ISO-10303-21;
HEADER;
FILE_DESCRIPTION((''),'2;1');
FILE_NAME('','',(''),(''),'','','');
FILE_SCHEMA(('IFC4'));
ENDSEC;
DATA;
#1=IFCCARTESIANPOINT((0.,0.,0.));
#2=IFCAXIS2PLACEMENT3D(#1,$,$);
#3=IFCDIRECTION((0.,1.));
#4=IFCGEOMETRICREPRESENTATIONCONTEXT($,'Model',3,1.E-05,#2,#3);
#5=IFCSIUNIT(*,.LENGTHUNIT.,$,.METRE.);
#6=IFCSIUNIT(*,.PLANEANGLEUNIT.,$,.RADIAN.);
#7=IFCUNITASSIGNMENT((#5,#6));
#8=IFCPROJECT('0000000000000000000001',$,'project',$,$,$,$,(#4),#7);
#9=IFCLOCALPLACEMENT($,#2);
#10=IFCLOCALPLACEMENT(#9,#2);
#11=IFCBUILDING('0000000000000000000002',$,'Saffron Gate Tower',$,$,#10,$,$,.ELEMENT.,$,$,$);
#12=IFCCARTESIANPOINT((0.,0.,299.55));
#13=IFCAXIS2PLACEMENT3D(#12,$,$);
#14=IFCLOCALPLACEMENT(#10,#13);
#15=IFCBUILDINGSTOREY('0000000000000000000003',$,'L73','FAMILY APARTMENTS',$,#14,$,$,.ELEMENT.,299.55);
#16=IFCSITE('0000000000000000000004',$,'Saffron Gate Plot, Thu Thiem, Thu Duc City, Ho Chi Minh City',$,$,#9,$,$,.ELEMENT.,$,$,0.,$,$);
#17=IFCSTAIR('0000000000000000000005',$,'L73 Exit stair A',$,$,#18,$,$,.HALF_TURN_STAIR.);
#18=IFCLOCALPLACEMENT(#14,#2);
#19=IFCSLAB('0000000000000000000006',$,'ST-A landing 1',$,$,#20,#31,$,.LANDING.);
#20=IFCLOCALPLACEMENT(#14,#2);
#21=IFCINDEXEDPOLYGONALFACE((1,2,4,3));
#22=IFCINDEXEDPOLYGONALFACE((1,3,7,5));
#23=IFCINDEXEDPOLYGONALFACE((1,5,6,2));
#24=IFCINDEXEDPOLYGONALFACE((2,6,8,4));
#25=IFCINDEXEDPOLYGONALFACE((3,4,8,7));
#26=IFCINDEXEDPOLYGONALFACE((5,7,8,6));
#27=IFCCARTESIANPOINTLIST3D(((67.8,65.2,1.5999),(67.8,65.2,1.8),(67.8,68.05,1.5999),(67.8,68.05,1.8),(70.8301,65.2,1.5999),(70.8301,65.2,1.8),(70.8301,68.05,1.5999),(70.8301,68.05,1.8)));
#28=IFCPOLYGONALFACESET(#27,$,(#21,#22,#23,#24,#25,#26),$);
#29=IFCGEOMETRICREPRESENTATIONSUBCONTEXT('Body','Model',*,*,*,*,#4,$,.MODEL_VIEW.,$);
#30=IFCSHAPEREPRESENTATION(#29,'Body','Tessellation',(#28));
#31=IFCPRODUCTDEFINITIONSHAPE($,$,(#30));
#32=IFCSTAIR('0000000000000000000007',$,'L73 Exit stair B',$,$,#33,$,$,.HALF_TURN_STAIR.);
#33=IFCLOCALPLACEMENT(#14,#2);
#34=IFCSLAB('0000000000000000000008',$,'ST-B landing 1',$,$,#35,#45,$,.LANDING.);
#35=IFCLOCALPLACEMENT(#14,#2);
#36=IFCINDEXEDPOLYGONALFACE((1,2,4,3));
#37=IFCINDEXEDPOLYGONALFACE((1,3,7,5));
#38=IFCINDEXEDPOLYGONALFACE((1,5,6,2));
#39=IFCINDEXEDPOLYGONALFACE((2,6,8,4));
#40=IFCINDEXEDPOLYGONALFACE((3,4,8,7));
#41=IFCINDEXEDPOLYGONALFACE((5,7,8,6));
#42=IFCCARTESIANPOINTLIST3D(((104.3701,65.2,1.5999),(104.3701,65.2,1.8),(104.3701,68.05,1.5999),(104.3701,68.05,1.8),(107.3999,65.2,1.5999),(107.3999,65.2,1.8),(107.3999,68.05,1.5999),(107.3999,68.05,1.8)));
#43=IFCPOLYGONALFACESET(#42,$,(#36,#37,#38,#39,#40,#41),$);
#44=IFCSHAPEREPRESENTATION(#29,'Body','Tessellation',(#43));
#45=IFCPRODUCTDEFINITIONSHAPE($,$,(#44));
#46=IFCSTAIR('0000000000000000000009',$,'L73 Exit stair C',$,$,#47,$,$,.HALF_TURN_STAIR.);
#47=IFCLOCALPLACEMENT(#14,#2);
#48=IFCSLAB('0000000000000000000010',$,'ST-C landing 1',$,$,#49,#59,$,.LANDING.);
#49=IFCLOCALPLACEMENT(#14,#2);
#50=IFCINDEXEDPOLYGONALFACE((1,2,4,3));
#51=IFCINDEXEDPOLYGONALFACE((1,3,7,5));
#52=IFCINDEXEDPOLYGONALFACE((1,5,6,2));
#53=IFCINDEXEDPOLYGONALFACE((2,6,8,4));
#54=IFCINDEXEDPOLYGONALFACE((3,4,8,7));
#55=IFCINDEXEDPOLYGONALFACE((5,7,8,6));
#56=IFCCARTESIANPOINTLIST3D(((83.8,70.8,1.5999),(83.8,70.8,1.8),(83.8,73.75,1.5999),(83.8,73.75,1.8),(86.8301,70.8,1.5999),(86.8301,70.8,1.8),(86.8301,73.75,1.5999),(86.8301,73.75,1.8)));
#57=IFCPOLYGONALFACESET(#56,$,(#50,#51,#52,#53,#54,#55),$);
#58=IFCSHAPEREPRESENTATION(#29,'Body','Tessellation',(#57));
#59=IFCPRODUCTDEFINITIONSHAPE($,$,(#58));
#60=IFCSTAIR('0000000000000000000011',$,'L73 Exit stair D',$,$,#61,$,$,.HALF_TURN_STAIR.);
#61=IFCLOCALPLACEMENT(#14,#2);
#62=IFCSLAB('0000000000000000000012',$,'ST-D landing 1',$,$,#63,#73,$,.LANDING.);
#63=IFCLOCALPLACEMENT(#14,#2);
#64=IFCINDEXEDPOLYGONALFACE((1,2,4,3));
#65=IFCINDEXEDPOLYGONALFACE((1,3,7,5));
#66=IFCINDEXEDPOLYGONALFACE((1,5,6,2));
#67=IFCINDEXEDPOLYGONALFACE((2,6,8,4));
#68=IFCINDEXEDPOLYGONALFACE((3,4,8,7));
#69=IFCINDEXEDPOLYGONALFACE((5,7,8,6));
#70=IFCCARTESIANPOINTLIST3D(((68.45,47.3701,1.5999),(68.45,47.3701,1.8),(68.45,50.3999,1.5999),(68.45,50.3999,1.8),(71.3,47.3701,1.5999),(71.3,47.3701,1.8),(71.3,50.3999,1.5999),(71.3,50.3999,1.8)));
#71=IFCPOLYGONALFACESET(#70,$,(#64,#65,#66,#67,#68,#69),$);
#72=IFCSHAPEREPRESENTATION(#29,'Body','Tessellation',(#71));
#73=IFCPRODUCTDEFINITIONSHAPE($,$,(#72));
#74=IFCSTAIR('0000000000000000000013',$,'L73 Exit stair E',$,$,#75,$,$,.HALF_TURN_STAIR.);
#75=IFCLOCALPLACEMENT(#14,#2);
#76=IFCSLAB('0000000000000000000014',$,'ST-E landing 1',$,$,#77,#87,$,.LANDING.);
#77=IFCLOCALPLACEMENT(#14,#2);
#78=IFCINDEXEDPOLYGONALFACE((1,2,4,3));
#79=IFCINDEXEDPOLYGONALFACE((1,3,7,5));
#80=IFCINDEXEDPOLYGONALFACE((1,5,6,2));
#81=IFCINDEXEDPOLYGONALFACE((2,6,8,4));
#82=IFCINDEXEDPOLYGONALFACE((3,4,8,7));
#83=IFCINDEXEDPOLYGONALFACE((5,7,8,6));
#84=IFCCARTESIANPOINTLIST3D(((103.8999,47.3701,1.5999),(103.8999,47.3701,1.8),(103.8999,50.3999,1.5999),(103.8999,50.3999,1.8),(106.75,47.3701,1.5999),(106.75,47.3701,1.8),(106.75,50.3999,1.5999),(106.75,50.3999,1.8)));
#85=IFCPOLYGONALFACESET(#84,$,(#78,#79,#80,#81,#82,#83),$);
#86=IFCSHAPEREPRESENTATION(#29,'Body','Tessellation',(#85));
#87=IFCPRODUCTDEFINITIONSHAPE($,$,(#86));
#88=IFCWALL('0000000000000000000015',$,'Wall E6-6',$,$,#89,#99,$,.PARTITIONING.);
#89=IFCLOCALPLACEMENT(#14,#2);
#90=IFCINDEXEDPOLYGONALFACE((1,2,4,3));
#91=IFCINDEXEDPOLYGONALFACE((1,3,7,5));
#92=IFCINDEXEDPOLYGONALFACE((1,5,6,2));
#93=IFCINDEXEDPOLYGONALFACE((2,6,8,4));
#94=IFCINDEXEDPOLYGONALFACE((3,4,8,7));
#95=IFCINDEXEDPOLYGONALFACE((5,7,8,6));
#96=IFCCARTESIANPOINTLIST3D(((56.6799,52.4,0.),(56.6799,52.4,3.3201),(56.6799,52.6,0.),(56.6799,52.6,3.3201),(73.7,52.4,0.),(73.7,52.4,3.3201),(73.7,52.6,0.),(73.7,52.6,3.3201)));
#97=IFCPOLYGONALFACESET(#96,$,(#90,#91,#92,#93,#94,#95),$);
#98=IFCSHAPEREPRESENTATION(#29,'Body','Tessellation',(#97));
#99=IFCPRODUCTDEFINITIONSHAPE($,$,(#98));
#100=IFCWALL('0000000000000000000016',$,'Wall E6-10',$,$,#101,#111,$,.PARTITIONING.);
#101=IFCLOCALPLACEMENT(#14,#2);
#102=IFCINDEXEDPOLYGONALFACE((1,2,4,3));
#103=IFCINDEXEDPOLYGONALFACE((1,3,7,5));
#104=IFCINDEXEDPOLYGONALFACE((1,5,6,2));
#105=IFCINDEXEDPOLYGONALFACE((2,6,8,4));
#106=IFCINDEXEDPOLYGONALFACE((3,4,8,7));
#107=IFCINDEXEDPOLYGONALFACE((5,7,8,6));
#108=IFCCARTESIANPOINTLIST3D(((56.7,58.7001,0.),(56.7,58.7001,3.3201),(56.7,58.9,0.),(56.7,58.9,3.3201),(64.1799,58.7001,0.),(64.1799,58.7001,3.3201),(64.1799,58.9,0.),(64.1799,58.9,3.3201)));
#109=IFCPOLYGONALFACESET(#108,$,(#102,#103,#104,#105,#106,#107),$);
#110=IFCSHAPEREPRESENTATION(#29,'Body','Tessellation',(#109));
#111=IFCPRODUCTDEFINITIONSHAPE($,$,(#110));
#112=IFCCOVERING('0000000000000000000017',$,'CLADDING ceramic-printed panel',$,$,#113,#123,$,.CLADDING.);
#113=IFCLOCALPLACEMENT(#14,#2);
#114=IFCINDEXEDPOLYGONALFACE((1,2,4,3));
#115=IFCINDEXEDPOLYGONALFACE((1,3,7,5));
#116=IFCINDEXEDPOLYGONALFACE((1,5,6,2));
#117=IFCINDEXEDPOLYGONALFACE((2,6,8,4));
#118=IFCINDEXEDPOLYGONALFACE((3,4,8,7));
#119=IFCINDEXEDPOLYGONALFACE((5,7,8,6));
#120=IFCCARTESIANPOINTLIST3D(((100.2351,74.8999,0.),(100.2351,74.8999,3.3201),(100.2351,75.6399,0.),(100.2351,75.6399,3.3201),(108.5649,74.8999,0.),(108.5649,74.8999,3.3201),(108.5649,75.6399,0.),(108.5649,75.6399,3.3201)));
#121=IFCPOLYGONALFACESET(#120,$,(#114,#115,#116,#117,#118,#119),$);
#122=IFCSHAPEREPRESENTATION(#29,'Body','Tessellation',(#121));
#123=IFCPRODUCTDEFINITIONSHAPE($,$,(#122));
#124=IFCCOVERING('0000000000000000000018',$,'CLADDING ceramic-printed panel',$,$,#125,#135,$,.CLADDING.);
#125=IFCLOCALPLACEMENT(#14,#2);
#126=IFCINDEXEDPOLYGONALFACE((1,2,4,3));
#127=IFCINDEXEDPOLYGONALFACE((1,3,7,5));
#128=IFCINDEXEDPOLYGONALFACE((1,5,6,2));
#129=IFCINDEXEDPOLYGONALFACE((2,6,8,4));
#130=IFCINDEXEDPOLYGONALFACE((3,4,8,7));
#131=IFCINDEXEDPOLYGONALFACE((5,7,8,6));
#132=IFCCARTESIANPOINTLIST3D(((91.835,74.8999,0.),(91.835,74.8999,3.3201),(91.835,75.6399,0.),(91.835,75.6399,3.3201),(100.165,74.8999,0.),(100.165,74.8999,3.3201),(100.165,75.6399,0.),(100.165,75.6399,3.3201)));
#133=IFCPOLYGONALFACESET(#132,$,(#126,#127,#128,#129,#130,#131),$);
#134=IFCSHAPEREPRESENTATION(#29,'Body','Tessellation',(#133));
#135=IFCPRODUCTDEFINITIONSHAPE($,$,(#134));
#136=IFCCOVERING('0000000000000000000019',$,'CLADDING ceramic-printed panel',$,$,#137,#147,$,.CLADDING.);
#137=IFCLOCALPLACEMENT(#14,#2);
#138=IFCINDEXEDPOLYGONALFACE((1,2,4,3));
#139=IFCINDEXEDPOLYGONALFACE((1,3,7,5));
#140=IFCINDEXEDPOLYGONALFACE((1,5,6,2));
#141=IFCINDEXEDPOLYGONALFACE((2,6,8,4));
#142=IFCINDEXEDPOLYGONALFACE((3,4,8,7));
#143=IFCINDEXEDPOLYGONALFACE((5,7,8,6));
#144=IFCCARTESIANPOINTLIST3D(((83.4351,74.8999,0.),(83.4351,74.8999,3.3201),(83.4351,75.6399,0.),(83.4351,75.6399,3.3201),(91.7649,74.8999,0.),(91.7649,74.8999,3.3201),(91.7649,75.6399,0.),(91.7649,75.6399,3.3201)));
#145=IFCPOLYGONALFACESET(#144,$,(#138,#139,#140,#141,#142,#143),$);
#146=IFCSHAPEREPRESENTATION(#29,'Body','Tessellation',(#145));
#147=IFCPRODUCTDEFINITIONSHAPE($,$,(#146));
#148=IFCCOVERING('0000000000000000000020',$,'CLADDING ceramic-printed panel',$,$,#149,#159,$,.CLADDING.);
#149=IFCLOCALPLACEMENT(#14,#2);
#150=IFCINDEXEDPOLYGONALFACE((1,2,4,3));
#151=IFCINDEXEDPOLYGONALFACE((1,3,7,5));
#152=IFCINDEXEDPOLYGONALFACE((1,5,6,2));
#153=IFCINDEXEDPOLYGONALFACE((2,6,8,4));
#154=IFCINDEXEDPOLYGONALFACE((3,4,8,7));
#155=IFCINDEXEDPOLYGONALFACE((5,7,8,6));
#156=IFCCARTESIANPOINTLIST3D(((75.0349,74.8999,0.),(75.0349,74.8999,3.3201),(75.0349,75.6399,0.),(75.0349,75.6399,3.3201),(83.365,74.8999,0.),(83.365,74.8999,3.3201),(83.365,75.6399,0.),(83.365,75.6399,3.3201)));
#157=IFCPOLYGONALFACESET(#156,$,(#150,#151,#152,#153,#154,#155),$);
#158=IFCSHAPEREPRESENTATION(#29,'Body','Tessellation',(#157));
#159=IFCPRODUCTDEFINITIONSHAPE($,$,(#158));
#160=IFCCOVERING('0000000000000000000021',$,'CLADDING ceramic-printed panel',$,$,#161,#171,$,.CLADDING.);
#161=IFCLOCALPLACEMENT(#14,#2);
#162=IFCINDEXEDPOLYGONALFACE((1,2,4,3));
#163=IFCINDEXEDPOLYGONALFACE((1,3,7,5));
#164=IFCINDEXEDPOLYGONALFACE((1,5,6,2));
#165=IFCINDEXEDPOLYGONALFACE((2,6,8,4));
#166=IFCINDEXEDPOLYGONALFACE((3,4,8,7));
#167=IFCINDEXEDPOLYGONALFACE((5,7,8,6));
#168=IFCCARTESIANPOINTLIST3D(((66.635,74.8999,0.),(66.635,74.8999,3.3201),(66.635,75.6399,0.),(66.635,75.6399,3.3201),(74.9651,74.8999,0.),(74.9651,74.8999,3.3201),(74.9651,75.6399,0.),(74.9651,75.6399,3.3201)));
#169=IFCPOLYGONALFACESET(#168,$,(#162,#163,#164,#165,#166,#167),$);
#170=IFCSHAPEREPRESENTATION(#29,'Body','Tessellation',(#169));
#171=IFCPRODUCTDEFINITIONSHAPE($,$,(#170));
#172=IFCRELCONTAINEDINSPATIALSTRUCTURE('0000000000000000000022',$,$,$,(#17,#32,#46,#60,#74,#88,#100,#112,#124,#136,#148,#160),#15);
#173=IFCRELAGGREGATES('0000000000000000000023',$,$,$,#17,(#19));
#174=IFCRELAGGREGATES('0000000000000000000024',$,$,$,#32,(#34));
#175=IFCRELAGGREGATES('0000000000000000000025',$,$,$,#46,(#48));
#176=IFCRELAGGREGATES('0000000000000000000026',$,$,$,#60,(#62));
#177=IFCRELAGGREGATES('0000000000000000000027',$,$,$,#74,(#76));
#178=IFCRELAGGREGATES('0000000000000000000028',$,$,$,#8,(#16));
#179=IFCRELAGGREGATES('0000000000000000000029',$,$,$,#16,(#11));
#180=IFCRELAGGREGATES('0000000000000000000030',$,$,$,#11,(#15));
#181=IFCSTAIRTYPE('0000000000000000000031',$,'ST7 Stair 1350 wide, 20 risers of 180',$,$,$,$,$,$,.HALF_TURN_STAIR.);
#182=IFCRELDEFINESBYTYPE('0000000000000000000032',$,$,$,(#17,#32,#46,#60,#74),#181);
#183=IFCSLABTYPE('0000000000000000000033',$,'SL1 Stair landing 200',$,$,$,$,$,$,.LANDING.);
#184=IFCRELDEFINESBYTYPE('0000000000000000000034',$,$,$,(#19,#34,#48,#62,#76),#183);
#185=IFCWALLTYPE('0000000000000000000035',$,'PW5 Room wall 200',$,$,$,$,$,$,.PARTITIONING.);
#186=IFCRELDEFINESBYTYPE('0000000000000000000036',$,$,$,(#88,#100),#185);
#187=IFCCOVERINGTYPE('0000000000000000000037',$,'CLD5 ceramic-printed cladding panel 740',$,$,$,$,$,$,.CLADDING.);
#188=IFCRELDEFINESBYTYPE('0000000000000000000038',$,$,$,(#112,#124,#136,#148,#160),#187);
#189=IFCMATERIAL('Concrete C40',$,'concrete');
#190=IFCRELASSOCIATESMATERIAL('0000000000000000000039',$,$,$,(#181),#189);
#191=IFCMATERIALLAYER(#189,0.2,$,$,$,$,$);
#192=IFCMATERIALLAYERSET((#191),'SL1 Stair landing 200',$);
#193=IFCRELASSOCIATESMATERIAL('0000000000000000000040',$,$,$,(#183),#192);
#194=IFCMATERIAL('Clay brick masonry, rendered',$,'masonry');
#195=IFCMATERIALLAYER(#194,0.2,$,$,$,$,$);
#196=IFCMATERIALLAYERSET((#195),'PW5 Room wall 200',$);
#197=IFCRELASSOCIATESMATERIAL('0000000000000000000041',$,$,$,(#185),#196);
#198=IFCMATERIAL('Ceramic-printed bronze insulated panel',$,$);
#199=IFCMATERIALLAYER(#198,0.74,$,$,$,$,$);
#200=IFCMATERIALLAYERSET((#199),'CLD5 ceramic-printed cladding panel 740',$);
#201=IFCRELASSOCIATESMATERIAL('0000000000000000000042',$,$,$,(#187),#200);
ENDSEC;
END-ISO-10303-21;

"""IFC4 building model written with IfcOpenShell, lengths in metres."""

from ifc_helpers import new_model, si_unit, direction, frame, frame_2d, origin, place, context, subcontext, project, spatial, polyline, rectangle, outline, extrude, material, layer, layer_set, type_object, element, aggregate, save


model = new_model("IFC4")

# Units and contexts
model_context = context("Model", 3, precision=1e-05, world=origin(), true_north=direction((0.0, 1.0)))
body_context = subcontext(model_context, "Body", "Model", "MODEL_VIEW")
ifc_project = project(units=[si_unit("LENGTHUNIT", "METRE"), si_unit("PLANEANGLEUNIT", "RADIAN")], contexts=[model_context])

# Site, building, storey
site_placement = place(None, origin())
site = spatial("IfcSite", under=ifc_project, at=site_placement, Name="Saffron Gate Plot, Thu Thiem, Thu Duc City, Ho Chi Minh City", CompositionType="ELEMENT", RefElevation=0.0)
building_placement = place(site_placement, origin())
building = spatial("IfcBuilding", under=site, at=building_placement, Name="Saffron Gate Tower", CompositionType="ELEMENT")
storey_placement = place(building_placement, frame((0.0, 0.0, 299.55)))
storey = spatial("IfcBuildingStorey", under=building, at=storey_placement, Name="L73", Description="FAMILY APARTMENTS", CompositionType="ELEMENT", Elevation=299.55)

# Shared definitions
ifc_material_1 = material(Name="Concrete C40", Category="concrete")

# Stairs, slabs
stair_type = type_object("IfcStairType", Name="ST7 Stair 1350 wide, 20 risers of 180", PredefinedType="HALF_TURN_STAIR", material=ifc_material_1)
stair_1_placement = place(storey_placement, origin())
stair_1 = element("IfcStair", 1, at=stair_1_placement, inside=storey, type_object=stair_type, Name="L73 Exit stair A", PredefinedType="HALF_TURN_STAIR")
ifc_layer_1 = layer(ifc_material_1, 0.2)
ifc_layer_set_1 = layer_set([ifc_layer_1], Name="SL1 Stair landing 200")
slab_type_1 = type_object("IfcSlabType", Name="SL1 Stair landing 200", PredefinedType="LANDING", material=ifc_layer_set_1)
slab_1_placement = place(storey_placement, frame((0.0, 0.0, 1.5999)))
slab_1 = element("IfcSlab", 2, at=slab_1_placement, type_object=slab_type_1, Name="ST-A landing 1", PredefinedType="LANDING", context=body_context, shape_type="SweptSolid", body=[
    extrude(outline(polyline([(70.8301, 68.05), (67.8, 68.05), (67.8, 65.2), (70.8301, 65.2), (70.8301, 68.05)])), origin(), (0.0, 0.0, 1.0), 0.2002),
])
aggregate(stair_1, [slab_1])
stair_2_placement = place(storey_placement, origin())
stair_2 = element("IfcStair", 3, at=stair_2_placement, inside=storey, type_object=stair_type, Name="L73 Exit stair B", PredefinedType="HALF_TURN_STAIR")
slab_2_placement = place(storey_placement, frame((0.0, 0.0, 1.5999)))
slab_2 = element("IfcSlab", 4, at=slab_2_placement, type_object=slab_type_1, Name="ST-B landing 1", PredefinedType="LANDING", context=body_context, shape_type="SweptSolid", body=[
    extrude(outline(polyline([(104.3701, 65.2), (107.3999, 65.2), (107.3999, 68.05), (104.3701, 68.05), (104.3701, 65.2)])), origin(), (0.0, 0.0, 1.0), 0.2002),
])
aggregate(stair_2, [slab_2])
stair_3_placement = place(storey_placement, origin())
stair_3 = element("IfcStair", 5, at=stair_3_placement, inside=storey, type_object=stair_type, Name="L73 Exit stair C", PredefinedType="HALF_TURN_STAIR")
slab_3_placement = place(storey_placement, frame((0.0, 0.0, 1.5999)))
slab_3 = element("IfcSlab", 6, at=slab_3_placement, type_object=slab_type_1, Name="ST-C landing 1", PredefinedType="LANDING", context=body_context, shape_type="SweptSolid", body=[
    extrude(outline(polyline([(86.8301, 73.75), (83.8, 73.75), (83.8, 70.8), (86.8301, 70.8), (86.8301, 73.75)])), origin(), (0.0, 0.0, 1.0), 0.2002),
])
aggregate(stair_3, [slab_3])
stair_4_placement = place(storey_placement, origin())
stair_4 = element("IfcStair", 7, at=stair_4_placement, inside=storey, type_object=stair_type, Name="L73 Exit stair D", PredefinedType="HALF_TURN_STAIR")
slab_4_placement = place(storey_placement, frame((0.0, 0.0, 1.5999)))
slab_4 = element("IfcSlab", 8, at=slab_4_placement, type_object=slab_type_1, Name="ST-D landing 1", PredefinedType="LANDING", context=body_context, shape_type="SweptSolid", body=[
    extrude(outline(polyline([(71.3, 47.3701), (71.3, 50.3999), (68.45, 50.3999), (68.45, 47.3701), (71.3, 47.3701)])), origin(), (0.0, 0.0, 1.0), 0.2002),
])
aggregate(stair_4, [slab_4])
stair_5_placement = place(storey_placement, origin())
stair_5 = element("IfcStair", 9, at=stair_5_placement, inside=storey, type_object=stair_type, Name="L73 Exit stair E", PredefinedType="HALF_TURN_STAIR")
slab_5_placement = place(storey_placement, frame((0.0, 0.0, 1.5999)))
slab_5 = element("IfcSlab", 10, at=slab_5_placement, type_object=slab_type_1, Name="ST-E landing 1", PredefinedType="LANDING", context=body_context, shape_type="SweptSolid", body=[
    extrude(outline(polyline([(106.75, 47.3701), (106.75, 50.3999), (103.8999, 50.3999), (103.8999, 47.3701), (106.75, 47.3701)])), origin(), (0.0, 0.0, 1.0), 0.2002),
])
aggregate(stair_5, [slab_5])

# Walls
ifc_material_2 = material(Name="Clay brick masonry, rendered", Category="masonry")
ifc_layer_2 = layer(ifc_material_2, 0.2)
ifc_layer_set_2 = layer_set([ifc_layer_2], Name="PW5 Room wall 200")
wall_type = type_object("IfcWallType", Name="PW5 Room wall 200", PredefinedType="PARTITIONING", material=ifc_layer_set_2)
wall_1_placement = place(storey_placement, frame((56.6799, 52.5, 0.0), z_axis=(0.0, 0.0, 1.0), x_axis=(1.0, 0.0, 0.0)))
element("IfcWall", 11, at=wall_1_placement, inside=storey, type_object=wall_type, Name="Wall E6-6", PredefinedType="PARTITIONING", context=body_context, shape_type="SweptSolid", body=[
    extrude(rectangle(XDim=17.02, YDim=0.2, at=frame_2d((8.51, 0.0))), origin(), (0.0, 0.0, 1.0), 3.3201),
])
wall_2_placement = place(storey_placement, frame((56.7, 58.8, 0.0), z_axis=(0.0, 0.0, 1.0), x_axis=(1.0, 0.0, 0.0)))
element("IfcWall", 12, at=wall_2_placement, inside=storey, type_object=wall_type, Name="Wall E6-10", PredefinedType="PARTITIONING", context=body_context, shape_type="SweptSolid", body=[
    extrude(rectangle(XDim=7.48, YDim=0.2, at=frame_2d((3.74, 0.0))), origin(), (0.0, 0.0, 1.0), 3.3201),
])

# Coverings
ifc_material_3 = material(Name="Ceramic-printed bronze insulated panel")
ifc_layer_3 = layer(ifc_material_3, 0.74)
ifc_layer_set_3 = layer_set([ifc_layer_3], Name="CLD5 ceramic-printed cladding panel 740")
covering_type = type_object("IfcCoveringType", Name="CLD5 ceramic-printed cladding panel 740", PredefinedType="CLADDING", material=ifc_layer_set_3)
covering_1_placement = place(storey_placement, origin())
element("IfcCovering", 13, at=covering_1_placement, inside=storey, type_object=covering_type, Name="CLADDING ceramic-printed panel", PredefinedType="CLADDING", context=body_context, shape_type="SweptSolid", body=[
    extrude(outline(polyline([(108.5649, 75.6399), (100.2351, 75.6399), (100.2351, 74.8999), (108.5649, 74.8999), (108.5649, 75.6399)])), origin(), (0.0, 0.0, 1.0), 3.3201),
])
covering_2_placement = place(storey_placement, origin())
element("IfcCovering", 14, at=covering_2_placement, inside=storey, type_object=covering_type, Name="CLADDING ceramic-printed panel", PredefinedType="CLADDING", context=body_context, shape_type="SweptSolid", body=[
    extrude(outline(polyline([(100.165, 75.6399), (91.835, 75.6399), (91.835, 74.8999), (100.165, 74.8999), (100.165, 75.6399)])), origin(), (0.0, 0.0, 1.0), 3.3201),
])
covering_3_placement = place(storey_placement, origin())
element("IfcCovering", 15, at=covering_3_placement, inside=storey, type_object=covering_type, Name="CLADDING ceramic-printed panel", PredefinedType="CLADDING", context=body_context, shape_type="SweptSolid", body=[
    extrude(outline(polyline([(91.7649, 75.6399), (83.4351, 75.6399), (83.4351, 74.8999), (91.7649, 74.8999), (91.7649, 75.6399)])), origin(), (0.0, 0.0, 1.0), 3.3201),
])
covering_4_placement = place(storey_placement, origin())
element("IfcCovering", 16, at=covering_4_placement, inside=storey, type_object=covering_type, Name="CLADDING ceramic-printed panel", PredefinedType="CLADDING", context=body_context, shape_type="SweptSolid", body=[
    extrude(outline(polyline([(83.365, 75.6399), (75.0349, 75.6399), (75.0349, 74.8999), (83.365, 74.8999), (83.365, 75.6399)])), origin(), (0.0, 0.0, 1.0), 3.3201),
])
covering_5_placement = place(storey_placement, origin())
element("IfcCovering", 17, at=covering_5_placement, inside=storey, type_object=covering_type, Name="CLADDING ceramic-printed panel", PredefinedType="CLADDING", context=body_context, shape_type="SweptSolid", body=[
    extrude(outline(polyline([(74.9651, 75.6399), (66.635, 75.6399), (66.635, 74.8999), (74.9651, 74.8999), (74.9651, 75.6399)])), origin(), (0.0, 0.0, 1.0), 3.3201),
])

save(model, "model.ifc")
